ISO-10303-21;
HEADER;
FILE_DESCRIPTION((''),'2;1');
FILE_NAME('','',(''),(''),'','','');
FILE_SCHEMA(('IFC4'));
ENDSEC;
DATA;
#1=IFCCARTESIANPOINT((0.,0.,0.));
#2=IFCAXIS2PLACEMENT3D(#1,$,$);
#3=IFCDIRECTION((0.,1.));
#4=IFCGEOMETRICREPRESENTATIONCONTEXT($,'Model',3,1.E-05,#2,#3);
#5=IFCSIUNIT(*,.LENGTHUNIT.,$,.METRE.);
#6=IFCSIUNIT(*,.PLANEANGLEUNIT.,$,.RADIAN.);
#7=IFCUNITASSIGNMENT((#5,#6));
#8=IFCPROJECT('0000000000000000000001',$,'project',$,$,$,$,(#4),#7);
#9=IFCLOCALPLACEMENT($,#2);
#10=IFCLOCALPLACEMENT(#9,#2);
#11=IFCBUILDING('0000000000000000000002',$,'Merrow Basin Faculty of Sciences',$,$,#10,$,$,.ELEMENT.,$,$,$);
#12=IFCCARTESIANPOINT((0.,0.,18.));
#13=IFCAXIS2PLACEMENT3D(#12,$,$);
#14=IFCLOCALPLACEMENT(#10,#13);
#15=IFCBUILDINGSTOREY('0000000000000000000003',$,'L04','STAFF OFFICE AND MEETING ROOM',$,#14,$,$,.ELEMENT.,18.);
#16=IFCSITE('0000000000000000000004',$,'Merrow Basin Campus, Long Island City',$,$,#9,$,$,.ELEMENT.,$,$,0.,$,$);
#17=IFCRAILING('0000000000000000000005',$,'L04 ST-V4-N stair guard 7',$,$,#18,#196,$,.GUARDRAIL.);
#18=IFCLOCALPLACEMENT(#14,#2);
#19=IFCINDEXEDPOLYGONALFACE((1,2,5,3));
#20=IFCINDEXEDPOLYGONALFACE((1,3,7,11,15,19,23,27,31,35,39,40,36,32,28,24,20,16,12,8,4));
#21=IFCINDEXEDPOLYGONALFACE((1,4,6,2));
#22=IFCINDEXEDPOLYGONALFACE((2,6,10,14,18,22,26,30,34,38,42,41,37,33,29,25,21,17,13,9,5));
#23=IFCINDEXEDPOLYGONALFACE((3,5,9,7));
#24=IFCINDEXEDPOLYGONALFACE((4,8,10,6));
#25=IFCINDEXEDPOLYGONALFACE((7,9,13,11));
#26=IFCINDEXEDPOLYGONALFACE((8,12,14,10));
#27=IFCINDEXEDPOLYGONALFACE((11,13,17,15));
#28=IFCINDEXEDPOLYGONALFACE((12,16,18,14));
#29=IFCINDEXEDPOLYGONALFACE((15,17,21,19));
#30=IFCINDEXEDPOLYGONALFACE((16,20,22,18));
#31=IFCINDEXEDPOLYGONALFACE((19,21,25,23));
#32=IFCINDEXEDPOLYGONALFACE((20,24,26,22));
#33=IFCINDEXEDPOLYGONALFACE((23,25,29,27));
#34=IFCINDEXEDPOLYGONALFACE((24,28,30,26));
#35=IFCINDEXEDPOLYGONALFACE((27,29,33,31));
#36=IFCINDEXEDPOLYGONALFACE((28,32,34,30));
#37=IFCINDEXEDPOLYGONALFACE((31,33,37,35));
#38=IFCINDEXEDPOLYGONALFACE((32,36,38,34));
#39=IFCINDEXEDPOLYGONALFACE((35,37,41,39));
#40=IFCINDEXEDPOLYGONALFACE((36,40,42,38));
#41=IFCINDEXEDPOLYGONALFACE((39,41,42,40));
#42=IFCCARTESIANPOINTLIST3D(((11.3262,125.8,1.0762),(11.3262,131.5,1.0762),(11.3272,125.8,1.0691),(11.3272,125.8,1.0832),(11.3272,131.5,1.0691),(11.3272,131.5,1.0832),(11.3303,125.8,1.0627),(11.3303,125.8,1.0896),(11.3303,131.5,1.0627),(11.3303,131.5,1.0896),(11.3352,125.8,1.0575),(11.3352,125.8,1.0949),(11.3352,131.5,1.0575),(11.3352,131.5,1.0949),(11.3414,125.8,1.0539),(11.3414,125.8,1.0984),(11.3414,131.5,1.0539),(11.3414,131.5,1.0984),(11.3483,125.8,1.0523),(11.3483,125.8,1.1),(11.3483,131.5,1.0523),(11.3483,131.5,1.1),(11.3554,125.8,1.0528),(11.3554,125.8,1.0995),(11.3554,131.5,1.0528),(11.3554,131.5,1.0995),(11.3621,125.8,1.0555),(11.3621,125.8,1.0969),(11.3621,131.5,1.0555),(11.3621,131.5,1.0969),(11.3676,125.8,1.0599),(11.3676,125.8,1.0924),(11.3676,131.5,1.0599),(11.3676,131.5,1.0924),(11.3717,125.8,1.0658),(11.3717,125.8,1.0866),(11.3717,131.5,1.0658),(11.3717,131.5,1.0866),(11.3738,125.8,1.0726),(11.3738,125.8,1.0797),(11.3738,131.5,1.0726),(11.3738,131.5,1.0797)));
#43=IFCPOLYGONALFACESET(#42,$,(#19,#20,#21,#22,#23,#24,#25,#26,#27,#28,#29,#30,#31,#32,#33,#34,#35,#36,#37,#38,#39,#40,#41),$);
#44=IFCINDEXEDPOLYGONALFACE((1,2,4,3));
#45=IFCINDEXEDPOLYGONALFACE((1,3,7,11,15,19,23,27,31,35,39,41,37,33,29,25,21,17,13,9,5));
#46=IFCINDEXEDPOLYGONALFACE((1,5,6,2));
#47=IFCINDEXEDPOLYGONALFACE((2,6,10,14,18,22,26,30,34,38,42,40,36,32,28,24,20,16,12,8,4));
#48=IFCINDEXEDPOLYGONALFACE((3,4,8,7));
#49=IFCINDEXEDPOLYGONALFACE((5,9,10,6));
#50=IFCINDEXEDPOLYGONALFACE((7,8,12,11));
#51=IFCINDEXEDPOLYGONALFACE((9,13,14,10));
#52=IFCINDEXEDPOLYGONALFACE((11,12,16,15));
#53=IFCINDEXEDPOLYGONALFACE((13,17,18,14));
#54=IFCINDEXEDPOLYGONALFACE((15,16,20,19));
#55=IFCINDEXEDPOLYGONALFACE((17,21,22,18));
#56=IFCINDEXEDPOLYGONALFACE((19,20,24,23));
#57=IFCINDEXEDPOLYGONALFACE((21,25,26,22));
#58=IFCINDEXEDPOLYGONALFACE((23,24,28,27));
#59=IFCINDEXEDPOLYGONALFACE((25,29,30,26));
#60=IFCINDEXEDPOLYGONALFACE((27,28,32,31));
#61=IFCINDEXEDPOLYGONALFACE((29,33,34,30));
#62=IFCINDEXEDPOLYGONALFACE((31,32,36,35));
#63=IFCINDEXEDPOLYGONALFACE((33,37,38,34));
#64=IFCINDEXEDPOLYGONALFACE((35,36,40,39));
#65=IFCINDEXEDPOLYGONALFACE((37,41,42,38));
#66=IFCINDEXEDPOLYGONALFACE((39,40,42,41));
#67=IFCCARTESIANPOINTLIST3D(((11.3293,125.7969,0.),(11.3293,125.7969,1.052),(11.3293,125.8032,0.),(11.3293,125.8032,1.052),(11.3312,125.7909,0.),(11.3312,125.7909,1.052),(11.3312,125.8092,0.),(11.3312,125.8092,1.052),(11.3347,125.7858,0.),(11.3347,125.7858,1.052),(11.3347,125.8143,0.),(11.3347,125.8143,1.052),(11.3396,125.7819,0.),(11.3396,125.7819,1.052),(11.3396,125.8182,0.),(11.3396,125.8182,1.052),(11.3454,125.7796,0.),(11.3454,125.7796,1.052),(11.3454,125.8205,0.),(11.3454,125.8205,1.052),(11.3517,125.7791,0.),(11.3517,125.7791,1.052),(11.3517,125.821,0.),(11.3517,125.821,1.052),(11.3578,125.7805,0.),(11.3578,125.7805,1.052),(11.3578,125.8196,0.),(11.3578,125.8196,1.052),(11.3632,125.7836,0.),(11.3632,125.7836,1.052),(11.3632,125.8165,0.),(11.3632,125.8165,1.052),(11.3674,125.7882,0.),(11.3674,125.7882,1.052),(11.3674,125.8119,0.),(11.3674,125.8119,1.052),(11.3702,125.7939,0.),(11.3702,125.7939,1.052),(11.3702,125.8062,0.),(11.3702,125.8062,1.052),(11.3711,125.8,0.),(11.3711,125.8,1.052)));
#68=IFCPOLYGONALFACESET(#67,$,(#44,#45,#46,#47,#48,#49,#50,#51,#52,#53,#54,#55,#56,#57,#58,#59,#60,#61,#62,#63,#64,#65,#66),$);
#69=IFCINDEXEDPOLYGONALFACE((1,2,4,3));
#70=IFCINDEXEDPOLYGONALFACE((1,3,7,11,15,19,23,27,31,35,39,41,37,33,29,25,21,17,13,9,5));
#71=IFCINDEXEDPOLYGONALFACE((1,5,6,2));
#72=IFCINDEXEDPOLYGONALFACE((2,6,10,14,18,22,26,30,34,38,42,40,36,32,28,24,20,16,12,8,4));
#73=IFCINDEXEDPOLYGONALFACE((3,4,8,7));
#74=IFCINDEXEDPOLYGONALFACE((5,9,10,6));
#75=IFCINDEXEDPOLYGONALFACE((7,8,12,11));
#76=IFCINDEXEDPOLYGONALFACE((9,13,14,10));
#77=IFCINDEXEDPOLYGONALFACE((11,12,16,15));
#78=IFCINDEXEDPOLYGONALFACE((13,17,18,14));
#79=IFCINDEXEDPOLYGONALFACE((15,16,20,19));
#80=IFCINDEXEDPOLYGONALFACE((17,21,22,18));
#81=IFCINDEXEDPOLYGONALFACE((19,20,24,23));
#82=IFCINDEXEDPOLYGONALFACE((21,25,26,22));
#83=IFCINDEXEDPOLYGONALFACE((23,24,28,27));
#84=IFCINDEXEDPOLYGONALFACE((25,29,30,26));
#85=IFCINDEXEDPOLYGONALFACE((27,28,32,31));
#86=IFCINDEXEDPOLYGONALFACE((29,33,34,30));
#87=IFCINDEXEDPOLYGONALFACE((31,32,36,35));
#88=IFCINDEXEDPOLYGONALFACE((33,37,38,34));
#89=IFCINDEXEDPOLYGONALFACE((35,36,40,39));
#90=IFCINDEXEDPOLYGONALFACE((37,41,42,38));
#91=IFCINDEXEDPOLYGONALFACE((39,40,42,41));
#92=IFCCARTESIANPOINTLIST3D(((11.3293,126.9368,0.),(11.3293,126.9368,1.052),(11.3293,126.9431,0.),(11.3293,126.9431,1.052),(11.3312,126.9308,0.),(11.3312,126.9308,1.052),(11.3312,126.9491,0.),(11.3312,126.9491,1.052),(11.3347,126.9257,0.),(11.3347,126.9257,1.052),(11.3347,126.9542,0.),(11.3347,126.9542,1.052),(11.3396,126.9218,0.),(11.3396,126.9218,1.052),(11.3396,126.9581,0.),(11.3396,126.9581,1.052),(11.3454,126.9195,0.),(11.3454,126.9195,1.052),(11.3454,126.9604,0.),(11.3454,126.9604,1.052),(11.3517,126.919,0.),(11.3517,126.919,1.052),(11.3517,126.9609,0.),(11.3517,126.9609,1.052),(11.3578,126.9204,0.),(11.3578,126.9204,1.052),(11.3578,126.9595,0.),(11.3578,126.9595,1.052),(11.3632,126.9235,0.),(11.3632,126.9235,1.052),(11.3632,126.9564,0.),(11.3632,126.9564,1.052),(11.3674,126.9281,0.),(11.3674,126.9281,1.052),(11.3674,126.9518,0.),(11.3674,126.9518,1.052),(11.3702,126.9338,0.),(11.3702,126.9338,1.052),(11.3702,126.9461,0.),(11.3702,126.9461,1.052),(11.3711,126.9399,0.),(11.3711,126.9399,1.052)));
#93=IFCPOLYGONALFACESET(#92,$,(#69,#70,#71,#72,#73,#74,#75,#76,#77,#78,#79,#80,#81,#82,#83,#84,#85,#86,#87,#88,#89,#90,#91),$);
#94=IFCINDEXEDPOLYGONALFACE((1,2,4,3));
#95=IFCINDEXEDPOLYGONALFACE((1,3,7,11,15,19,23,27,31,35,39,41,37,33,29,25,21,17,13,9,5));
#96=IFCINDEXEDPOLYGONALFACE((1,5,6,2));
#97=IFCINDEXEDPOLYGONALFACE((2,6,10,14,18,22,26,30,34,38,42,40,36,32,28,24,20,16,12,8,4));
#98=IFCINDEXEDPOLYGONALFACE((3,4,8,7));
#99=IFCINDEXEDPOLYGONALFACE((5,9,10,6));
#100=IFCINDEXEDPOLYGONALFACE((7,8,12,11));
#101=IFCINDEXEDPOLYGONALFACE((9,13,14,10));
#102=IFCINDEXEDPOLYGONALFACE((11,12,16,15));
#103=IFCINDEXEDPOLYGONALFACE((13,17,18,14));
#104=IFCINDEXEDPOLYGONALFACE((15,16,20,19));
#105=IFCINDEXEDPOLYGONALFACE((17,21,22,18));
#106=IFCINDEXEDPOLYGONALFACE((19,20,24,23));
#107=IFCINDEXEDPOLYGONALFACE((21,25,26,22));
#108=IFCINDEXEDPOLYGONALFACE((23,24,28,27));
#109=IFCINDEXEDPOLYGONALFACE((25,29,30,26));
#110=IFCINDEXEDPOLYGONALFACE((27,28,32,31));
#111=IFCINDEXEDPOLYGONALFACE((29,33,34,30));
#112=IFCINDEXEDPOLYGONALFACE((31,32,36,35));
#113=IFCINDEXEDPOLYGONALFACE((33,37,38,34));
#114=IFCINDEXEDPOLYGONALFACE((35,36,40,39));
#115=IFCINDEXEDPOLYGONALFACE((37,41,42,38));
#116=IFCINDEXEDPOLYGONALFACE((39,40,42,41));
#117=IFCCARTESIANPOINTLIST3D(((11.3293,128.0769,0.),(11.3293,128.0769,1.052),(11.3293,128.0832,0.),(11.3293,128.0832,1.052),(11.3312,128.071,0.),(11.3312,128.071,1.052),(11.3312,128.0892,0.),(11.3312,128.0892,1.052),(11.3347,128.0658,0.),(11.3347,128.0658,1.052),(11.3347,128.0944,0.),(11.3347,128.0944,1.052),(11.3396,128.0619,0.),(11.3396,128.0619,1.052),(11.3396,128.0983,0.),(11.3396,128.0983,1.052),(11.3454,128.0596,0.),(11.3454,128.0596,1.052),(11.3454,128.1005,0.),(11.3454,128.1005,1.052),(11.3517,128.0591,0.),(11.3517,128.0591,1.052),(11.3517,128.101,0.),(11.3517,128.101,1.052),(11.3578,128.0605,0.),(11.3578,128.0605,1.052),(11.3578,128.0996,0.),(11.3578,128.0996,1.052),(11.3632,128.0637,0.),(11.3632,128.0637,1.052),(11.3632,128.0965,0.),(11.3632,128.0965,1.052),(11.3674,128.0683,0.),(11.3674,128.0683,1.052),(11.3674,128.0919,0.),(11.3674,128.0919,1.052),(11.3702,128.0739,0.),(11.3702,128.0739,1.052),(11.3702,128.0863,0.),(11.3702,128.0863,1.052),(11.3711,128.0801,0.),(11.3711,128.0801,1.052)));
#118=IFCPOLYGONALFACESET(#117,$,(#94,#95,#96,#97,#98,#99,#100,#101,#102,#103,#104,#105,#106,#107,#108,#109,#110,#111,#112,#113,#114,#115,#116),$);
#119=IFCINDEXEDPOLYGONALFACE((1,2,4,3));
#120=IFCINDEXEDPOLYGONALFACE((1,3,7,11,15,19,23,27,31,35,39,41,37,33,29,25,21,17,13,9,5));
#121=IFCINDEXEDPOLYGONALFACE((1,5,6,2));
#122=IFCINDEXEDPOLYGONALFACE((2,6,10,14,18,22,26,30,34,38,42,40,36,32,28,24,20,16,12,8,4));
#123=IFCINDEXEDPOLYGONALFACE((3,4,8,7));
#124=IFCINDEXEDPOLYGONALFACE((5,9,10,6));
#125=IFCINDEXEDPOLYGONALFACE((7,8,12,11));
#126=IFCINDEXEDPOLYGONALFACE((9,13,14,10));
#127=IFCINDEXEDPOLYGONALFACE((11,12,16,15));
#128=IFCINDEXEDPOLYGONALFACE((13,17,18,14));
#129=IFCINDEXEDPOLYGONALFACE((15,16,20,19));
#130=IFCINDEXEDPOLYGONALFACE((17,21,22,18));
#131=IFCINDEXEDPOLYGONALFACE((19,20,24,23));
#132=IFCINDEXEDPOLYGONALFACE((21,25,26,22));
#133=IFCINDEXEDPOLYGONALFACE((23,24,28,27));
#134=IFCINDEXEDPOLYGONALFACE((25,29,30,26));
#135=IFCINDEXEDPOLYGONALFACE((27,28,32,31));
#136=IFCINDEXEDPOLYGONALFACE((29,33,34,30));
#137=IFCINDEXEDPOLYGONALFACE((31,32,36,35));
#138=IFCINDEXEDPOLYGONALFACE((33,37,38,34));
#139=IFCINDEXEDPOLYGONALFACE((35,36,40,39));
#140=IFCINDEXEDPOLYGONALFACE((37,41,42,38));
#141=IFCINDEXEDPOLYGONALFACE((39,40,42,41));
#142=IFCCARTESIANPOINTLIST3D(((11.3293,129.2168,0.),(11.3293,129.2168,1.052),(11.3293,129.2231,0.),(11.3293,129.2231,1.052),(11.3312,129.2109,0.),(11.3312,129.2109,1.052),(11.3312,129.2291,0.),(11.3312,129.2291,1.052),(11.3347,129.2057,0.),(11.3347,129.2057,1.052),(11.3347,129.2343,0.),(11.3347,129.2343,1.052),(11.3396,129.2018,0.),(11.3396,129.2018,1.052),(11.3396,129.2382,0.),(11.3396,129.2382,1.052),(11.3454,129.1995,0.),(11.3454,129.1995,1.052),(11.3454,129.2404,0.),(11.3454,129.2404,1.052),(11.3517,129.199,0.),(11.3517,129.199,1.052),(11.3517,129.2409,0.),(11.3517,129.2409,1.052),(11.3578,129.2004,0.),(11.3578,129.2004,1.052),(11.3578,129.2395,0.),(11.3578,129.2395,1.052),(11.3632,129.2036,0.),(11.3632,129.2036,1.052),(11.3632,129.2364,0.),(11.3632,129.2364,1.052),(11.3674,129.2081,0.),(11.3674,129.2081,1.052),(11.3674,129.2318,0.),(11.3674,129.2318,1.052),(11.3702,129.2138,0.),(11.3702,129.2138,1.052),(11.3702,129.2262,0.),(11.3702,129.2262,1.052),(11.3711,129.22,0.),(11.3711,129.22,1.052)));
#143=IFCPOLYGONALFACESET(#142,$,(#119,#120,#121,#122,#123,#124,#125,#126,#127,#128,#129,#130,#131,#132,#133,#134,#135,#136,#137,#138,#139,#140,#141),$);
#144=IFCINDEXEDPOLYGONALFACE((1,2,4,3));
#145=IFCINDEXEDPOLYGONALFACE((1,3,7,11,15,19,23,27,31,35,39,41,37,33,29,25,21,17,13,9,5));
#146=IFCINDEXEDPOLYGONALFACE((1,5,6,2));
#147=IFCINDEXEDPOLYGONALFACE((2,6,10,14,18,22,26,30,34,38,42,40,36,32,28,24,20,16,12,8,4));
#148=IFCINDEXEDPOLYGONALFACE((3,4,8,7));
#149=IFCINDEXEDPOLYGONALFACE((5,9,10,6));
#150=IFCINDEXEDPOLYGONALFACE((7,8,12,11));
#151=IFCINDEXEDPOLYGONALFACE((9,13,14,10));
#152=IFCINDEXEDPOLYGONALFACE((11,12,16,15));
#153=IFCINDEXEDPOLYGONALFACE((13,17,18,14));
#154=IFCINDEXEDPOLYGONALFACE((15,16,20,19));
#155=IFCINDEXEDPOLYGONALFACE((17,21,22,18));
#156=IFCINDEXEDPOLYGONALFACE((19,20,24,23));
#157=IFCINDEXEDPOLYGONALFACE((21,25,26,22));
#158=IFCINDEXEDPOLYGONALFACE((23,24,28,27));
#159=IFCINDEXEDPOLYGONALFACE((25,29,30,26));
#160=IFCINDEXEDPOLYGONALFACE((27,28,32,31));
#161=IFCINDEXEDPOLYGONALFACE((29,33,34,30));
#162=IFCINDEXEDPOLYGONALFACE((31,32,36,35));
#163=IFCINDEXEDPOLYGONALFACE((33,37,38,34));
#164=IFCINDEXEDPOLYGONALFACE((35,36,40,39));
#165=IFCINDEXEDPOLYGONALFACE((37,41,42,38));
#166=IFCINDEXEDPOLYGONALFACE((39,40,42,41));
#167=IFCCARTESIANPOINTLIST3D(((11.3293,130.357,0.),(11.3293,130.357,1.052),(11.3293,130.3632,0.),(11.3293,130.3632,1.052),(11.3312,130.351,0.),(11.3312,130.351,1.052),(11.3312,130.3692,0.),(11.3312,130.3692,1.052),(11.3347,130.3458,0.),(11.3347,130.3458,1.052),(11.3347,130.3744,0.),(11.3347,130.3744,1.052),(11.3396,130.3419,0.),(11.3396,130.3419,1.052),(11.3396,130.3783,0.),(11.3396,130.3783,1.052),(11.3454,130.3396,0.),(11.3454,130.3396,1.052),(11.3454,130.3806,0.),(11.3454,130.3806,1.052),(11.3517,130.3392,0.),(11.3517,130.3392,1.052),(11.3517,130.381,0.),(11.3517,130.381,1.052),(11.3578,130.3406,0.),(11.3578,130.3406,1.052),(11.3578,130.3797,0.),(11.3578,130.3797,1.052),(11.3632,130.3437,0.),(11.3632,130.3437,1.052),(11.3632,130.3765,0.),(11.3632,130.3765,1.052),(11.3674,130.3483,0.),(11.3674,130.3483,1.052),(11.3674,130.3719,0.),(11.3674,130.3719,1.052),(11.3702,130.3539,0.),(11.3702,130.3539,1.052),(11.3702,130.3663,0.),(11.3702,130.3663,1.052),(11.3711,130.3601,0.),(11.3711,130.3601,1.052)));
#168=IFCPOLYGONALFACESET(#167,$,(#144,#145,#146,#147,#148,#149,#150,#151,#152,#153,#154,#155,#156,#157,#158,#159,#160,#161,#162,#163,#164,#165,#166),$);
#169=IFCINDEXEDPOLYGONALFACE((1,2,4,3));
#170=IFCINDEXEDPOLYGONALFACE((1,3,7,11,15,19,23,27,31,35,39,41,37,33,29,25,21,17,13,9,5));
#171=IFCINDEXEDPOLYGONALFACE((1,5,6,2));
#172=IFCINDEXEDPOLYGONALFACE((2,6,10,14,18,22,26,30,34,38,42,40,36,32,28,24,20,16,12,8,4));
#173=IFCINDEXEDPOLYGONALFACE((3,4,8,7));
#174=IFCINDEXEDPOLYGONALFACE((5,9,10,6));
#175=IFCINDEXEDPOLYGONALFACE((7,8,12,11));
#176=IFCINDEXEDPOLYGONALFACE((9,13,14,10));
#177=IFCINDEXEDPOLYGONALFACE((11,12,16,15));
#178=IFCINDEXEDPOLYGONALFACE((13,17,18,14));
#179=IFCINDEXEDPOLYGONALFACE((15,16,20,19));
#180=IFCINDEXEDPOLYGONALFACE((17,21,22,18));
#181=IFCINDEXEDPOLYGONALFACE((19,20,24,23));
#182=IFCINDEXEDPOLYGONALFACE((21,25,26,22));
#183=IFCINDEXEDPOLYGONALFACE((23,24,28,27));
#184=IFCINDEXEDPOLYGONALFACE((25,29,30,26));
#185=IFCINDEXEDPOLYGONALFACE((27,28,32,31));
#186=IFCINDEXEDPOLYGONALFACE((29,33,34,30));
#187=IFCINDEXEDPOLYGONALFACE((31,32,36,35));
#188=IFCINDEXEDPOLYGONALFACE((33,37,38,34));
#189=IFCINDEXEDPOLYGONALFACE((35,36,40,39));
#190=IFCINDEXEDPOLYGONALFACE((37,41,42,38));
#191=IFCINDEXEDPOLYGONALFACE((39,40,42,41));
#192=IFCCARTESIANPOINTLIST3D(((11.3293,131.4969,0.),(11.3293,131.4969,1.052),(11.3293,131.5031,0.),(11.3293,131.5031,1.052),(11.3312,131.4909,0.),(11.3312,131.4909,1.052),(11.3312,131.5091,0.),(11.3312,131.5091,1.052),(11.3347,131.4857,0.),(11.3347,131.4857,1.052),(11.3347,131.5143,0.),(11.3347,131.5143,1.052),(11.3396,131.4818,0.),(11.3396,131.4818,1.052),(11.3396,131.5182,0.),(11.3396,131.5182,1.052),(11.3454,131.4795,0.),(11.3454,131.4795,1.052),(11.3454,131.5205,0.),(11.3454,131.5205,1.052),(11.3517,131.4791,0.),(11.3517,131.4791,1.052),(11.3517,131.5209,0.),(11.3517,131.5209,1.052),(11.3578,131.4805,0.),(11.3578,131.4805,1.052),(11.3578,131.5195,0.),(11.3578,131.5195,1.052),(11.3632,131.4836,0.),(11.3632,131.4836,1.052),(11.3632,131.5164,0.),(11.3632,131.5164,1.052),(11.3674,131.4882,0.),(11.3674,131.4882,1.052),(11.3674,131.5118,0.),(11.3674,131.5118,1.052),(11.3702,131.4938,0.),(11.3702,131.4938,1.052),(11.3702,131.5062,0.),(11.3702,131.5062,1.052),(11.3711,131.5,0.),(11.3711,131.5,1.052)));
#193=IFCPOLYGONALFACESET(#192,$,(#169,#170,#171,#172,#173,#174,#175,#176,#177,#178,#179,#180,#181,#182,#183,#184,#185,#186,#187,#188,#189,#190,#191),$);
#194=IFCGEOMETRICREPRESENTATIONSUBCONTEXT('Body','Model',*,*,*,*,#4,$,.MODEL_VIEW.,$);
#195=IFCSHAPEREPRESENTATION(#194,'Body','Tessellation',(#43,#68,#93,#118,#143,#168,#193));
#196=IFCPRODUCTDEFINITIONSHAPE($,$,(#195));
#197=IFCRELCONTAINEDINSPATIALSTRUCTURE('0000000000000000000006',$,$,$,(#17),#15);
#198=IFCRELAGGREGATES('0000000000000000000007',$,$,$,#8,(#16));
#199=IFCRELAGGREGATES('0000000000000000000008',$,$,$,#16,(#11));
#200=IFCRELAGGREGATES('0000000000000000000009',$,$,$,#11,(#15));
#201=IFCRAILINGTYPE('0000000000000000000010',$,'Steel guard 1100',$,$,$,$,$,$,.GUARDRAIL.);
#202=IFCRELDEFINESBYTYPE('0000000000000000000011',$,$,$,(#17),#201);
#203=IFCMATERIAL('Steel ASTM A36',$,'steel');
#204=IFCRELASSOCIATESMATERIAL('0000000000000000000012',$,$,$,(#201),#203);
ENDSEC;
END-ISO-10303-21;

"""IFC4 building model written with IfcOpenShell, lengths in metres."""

from ifc_helpers import new_model, si_unit, direction, frame, origin, origin_2d, place, context, subcontext, project, spatial, circle, extrude, material, type_object, element, save


model = new_model("IFC4")

# Units and contexts
model_context = context("Model", 3, precision=1e-05, world=origin(), true_north=direction((0.0, 1.0)))
body_context = subcontext(model_context, "Body", "Model", "MODEL_VIEW")
ifc_project = project(units=[si_unit("LENGTHUNIT", "METRE"), si_unit("PLANEANGLEUNIT", "RADIAN")], contexts=[model_context])

# Site, building, storey
site_placement = place(None, origin())
site = spatial("IfcSite", under=ifc_project, at=site_placement, Name="Merrow Basin Campus, Long Island City", CompositionType="ELEMENT", RefElevation=0.0)
building_placement = place(site_placement, origin())
building = spatial("IfcBuilding", under=site, at=building_placement, Name="Merrow Basin Faculty of Sciences", CompositionType="ELEMENT")
storey_placement = place(building_placement, frame((0.0, 0.0, 18.0)))
storey = spatial("IfcBuildingStorey", under=building, at=storey_placement, Name="L04", Description="STAFF OFFICE AND MEETING ROOM", CompositionType="ELEMENT", Elevation=18.0)

# Railing
ifc_material_1 = material(Name="Steel ASTM A36", Category="steel")
railing_type = type_object("IfcRailingType", Name="Steel guard 1100", PredefinedType="GUARDRAIL", material=ifc_material_1)
railing_1_placement = place(storey_placement, frame((11.3501, 125.8, 0.0)))
element("IfcRailing", 1, at=railing_1_placement, inside=storey, type_object=railing_type, Name="L04 ST-V4-N stair guard 7", PredefinedType="GUARDRAIL", context=body_context, shape_type="SweptSolid", body=[
    extrude(circle(Radius=0.0239, at=origin_2d()), frame((0.0, 0.0, 1.0762), z_axis=(0.0, 1.0, 0.0), x_axis=(-1.0, 0.0, 0.0)), (0.0, 0.0, 1.0), 5.7),
    extrude(circle(Radius=0.021, at=origin_2d()), origin(), (0.0, 0.0, 1.0), 1.052),
    extrude(circle(Radius=0.021, at=origin_2d()), frame((0.0, 1.1399, 0.0)), (0.0, 0.0, 1.0), 1.052),
    extrude(circle(Radius=0.021, at=origin_2d()), frame((0.0, 2.28, 0.0)), (0.0, 0.0, 1.0), 1.052),
    extrude(circle(Radius=0.021, at=origin_2d()), frame((0.0, 3.4199, 0.0)), (0.0, 0.0, 1.0), 1.052),
    extrude(circle(Radius=0.021, at=origin_2d()), frame((0.0, 4.5601, 0.0)), (0.0, 0.0, 1.0), 1.052),
    extrude(circle(Radius=0.021, at=origin_2d()), frame((0.0, 5.7, 0.0)), (0.0, 0.0, 1.0), 1.052),
])

save(model, "model.ifc")
